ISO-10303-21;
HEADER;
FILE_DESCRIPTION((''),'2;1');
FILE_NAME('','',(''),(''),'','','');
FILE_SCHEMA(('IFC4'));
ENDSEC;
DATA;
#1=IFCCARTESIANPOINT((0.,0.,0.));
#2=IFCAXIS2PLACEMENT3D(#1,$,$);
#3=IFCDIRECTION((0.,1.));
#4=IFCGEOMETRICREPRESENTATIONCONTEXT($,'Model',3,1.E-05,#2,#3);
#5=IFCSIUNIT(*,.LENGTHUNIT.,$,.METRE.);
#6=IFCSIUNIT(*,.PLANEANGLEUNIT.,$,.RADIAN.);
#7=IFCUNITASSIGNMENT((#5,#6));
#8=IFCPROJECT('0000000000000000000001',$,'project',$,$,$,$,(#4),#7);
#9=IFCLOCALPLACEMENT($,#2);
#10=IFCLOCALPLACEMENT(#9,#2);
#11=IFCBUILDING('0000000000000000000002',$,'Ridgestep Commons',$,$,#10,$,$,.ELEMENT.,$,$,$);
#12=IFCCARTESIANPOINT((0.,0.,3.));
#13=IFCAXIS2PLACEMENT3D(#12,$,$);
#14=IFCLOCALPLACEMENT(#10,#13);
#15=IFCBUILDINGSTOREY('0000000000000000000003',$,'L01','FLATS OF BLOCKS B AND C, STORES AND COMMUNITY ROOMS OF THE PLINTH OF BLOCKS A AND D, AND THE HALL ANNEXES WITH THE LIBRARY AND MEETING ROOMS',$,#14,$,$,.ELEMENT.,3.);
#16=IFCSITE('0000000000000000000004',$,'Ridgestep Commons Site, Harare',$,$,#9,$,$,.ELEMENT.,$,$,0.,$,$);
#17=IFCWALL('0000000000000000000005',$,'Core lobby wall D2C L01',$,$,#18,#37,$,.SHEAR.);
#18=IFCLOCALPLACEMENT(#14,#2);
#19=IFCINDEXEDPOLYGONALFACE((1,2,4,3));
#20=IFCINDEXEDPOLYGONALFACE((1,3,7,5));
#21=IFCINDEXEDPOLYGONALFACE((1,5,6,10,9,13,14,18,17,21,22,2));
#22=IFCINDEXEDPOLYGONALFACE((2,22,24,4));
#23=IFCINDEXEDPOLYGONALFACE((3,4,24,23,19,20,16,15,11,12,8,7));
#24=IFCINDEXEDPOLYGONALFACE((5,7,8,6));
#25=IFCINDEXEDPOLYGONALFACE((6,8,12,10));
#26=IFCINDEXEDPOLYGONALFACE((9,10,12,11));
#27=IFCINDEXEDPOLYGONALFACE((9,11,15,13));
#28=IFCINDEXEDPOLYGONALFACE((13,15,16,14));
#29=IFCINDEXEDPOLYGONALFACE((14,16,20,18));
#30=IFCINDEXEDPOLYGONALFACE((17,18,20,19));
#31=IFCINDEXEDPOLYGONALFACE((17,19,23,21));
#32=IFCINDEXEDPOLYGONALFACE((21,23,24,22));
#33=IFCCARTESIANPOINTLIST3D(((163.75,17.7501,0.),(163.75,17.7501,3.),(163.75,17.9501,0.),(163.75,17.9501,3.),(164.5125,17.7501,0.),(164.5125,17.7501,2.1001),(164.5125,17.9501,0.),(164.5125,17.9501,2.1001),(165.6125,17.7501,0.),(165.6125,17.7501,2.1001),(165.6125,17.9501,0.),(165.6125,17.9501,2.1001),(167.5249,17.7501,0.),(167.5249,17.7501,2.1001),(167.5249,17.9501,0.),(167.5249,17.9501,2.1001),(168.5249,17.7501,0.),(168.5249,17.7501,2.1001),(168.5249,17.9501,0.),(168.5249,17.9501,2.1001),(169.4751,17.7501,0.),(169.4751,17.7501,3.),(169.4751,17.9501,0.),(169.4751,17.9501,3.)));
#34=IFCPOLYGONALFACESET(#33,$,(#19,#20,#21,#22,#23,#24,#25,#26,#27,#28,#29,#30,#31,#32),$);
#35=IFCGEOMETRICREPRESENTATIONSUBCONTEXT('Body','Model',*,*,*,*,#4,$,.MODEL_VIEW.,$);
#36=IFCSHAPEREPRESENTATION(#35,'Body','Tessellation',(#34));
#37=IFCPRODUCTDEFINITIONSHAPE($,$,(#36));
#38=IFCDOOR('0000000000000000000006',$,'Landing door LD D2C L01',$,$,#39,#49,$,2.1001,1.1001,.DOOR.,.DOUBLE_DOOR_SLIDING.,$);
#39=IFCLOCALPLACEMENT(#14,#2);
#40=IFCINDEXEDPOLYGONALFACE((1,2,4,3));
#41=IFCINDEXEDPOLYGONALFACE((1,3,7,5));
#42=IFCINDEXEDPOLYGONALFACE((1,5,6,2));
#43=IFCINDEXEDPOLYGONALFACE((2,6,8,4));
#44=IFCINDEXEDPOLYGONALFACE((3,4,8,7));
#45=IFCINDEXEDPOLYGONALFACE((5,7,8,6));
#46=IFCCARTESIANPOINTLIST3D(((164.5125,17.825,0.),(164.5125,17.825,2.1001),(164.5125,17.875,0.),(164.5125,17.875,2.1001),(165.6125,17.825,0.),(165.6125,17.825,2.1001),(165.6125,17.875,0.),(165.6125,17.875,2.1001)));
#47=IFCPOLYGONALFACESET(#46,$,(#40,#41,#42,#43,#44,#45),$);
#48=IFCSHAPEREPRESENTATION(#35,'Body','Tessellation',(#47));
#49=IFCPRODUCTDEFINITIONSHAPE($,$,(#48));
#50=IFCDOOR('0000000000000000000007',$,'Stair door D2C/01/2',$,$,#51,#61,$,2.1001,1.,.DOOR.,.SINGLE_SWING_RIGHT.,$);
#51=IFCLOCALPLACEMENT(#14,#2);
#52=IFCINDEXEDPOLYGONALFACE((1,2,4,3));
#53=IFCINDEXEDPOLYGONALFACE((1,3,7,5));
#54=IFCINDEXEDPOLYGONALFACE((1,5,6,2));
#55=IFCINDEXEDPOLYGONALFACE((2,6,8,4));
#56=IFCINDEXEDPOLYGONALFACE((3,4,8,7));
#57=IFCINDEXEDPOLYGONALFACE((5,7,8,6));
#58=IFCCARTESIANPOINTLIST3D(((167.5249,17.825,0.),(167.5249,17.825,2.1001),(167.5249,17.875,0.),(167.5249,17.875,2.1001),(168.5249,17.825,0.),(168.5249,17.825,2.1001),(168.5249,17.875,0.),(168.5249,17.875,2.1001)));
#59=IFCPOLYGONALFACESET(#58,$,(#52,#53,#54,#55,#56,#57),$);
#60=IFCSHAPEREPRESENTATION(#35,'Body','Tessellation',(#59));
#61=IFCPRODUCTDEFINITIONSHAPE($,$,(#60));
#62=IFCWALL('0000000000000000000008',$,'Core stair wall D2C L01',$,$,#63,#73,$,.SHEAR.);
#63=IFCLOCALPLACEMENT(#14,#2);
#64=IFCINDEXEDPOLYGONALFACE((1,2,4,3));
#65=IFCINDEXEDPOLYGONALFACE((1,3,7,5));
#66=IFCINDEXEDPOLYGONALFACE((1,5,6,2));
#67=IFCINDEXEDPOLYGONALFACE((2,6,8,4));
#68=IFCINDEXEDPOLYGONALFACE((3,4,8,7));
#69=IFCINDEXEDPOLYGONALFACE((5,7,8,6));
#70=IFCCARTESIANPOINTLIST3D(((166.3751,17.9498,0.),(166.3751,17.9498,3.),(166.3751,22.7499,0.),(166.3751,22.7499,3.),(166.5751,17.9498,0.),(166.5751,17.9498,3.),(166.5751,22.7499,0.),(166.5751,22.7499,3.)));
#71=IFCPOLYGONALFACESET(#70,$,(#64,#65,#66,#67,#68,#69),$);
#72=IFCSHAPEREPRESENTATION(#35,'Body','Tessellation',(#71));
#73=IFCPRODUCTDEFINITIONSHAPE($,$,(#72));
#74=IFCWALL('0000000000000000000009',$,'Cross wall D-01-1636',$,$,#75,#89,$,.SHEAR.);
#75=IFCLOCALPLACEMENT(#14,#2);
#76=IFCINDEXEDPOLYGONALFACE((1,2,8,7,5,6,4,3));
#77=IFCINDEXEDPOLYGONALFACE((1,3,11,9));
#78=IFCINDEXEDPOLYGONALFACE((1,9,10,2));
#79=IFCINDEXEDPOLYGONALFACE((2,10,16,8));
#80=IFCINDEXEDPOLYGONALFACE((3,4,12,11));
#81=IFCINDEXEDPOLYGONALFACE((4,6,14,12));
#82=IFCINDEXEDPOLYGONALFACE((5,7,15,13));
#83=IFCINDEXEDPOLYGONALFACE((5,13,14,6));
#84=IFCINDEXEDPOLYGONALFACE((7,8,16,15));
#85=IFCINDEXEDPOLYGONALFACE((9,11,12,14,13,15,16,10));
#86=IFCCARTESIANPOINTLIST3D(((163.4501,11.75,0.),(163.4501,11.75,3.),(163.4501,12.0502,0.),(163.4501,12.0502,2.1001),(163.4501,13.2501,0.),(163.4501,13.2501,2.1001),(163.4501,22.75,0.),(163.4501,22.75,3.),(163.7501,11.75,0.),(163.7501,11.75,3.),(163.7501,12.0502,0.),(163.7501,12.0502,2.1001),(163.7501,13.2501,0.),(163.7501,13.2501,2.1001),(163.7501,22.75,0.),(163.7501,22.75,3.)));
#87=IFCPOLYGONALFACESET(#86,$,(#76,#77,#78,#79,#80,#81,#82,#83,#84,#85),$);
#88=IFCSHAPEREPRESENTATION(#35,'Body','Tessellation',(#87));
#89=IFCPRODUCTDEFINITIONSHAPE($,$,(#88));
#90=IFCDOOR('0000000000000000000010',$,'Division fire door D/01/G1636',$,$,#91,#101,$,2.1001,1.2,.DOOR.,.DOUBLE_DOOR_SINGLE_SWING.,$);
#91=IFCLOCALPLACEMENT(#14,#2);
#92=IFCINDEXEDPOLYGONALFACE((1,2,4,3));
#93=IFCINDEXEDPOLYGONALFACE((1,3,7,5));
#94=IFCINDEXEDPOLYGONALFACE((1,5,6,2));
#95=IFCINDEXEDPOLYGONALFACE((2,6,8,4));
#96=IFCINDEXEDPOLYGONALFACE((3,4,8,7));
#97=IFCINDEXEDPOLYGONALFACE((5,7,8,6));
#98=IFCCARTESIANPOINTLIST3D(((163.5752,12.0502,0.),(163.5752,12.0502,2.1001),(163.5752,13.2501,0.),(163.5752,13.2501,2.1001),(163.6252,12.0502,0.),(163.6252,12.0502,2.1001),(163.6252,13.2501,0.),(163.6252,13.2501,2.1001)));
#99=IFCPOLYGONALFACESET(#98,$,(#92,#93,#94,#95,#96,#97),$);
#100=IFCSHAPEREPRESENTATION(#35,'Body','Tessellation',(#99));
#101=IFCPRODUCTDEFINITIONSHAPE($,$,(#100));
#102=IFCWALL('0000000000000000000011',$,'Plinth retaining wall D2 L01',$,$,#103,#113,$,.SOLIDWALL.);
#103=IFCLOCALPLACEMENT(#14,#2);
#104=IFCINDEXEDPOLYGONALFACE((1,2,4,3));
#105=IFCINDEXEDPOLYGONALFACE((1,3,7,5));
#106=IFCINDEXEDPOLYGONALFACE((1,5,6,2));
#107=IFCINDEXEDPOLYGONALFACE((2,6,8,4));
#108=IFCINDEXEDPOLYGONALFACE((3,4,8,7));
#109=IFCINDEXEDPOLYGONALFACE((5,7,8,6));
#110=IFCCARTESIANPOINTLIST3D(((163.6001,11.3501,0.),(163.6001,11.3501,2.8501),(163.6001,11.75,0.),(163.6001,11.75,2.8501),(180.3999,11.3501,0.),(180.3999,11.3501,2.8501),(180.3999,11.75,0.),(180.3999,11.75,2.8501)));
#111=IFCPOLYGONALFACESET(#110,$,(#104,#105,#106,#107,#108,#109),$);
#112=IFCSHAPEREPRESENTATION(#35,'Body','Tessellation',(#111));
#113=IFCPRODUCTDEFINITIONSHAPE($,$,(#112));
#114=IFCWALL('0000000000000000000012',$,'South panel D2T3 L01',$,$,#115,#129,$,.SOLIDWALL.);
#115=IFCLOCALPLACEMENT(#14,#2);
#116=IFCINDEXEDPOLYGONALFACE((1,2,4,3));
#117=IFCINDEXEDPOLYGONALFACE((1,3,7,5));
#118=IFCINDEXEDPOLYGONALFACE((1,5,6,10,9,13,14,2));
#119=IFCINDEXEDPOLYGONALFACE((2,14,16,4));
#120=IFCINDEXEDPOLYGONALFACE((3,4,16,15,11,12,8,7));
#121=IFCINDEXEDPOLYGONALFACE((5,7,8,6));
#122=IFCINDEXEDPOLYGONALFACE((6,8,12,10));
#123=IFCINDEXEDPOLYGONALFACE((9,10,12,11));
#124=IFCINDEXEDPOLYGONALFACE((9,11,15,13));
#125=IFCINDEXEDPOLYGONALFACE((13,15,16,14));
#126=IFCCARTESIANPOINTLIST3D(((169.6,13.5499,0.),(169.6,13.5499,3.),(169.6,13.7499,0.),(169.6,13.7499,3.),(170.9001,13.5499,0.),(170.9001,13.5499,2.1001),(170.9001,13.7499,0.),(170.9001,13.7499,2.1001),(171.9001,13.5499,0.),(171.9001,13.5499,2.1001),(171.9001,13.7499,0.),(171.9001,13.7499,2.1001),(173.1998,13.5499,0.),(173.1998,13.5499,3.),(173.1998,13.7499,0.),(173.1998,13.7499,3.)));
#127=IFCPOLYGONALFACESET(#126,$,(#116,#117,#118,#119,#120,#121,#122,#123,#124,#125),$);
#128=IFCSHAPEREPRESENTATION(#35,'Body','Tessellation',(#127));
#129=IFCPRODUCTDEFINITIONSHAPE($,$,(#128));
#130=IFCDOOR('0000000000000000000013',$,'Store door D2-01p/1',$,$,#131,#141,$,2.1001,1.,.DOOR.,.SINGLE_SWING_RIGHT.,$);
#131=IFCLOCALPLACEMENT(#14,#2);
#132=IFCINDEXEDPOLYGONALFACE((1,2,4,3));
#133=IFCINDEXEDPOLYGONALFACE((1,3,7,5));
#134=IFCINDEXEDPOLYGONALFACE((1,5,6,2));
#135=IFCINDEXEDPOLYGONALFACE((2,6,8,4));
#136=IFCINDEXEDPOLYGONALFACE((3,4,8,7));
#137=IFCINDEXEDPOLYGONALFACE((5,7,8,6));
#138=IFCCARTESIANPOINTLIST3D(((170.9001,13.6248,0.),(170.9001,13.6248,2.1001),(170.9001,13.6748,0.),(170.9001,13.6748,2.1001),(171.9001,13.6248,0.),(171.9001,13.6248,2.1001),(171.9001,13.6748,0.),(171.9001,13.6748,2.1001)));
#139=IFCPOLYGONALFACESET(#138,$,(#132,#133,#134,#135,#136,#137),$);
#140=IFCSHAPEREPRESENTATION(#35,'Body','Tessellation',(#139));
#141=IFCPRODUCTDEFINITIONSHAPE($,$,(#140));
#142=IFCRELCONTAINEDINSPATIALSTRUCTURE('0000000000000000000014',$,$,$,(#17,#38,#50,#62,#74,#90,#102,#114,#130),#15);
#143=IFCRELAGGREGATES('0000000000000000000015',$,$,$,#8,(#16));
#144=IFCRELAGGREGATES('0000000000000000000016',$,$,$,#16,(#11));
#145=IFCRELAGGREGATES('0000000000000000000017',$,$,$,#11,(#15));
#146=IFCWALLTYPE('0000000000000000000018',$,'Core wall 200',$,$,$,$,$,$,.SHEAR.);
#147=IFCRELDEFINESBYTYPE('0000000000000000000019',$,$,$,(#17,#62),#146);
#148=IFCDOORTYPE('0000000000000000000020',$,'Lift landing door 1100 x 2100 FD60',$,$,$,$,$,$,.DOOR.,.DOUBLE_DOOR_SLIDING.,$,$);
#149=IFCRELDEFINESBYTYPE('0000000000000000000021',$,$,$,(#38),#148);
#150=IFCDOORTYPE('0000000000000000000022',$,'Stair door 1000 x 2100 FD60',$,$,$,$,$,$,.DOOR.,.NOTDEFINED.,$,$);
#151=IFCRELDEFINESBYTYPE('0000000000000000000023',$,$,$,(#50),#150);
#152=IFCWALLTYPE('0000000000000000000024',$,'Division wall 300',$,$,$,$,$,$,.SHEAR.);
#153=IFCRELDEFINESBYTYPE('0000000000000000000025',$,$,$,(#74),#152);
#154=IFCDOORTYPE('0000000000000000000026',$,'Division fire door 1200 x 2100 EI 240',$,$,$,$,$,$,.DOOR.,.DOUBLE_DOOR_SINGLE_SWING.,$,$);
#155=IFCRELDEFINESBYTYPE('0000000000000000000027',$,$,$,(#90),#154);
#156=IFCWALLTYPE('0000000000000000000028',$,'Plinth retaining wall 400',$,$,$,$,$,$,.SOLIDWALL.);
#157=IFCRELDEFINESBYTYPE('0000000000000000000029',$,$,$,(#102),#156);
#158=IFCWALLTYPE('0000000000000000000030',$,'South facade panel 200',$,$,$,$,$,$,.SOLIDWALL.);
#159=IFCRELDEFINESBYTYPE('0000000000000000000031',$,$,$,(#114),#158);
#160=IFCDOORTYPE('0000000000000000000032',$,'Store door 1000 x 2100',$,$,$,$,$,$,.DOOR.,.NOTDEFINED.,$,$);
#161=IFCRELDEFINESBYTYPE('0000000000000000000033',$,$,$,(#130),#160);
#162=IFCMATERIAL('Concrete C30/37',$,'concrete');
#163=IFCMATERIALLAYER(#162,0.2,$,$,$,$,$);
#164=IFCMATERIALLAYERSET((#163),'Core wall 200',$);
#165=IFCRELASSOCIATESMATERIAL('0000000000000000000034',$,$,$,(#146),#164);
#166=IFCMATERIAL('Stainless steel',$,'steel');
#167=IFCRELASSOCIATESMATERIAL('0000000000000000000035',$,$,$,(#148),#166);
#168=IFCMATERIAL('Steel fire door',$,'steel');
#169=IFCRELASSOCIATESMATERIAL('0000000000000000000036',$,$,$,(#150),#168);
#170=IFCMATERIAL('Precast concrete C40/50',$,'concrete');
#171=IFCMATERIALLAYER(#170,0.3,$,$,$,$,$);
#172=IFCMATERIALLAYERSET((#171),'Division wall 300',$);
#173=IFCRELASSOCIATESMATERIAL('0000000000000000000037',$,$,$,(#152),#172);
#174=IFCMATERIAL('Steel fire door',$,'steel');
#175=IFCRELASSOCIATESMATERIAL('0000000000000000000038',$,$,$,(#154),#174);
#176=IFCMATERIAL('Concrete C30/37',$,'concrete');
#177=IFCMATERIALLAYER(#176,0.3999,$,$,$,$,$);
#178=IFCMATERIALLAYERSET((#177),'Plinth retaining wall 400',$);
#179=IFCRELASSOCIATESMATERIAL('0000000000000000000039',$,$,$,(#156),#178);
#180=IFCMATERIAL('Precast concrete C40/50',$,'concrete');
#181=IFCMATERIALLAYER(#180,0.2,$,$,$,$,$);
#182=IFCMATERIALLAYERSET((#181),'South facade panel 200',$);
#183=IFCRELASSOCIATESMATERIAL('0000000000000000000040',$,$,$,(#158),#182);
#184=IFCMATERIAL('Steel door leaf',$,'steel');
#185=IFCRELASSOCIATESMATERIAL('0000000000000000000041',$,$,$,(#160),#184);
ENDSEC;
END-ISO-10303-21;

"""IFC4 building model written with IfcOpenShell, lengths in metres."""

from ifc_helpers import new_model, si_unit, direction, frame, frame_2d, origin, place, context, subcontext, project, spatial, rectangle, extrude, material, layer, layer_set, type_object, element, fill, save


model = new_model("IFC4")

# Units and contexts
model_context = context("Model", 3, precision=1e-05, world=origin(), true_north=direction((0.0, 1.0)))
body_context = subcontext(model_context, "Body", "Model", "MODEL_VIEW")
ifc_project = project(units=[si_unit("LENGTHUNIT", "METRE"), si_unit("PLANEANGLEUNIT", "RADIAN")], contexts=[model_context])

# Site, building, storey
site_placement = place(None, origin())
site = spatial("IfcSite", under=ifc_project, at=site_placement, Name="Ridgestep Commons Site, Harare", CompositionType="ELEMENT", RefElevation=0.0)
building_placement = place(site_placement, origin())
building = spatial("IfcBuilding", under=site, at=building_placement, Name="Ridgestep Commons", CompositionType="ELEMENT")
storey_placement = place(building_placement, frame((0.0, 0.0, 3.0)))
storey = spatial("IfcBuildingStorey", under=building, at=storey_placement, Name="L01", Description="FLATS OF BLOCKS B AND C, STORES AND COMMUNITY ROOMS OF THE PLINTH OF BLOCKS A AND D, AND THE HALL ANNEXES WITH THE LIBRARY AND MEETING ROOMS", CompositionType="ELEMENT", Elevation=3.0)

# Shared definitions
ifc_material_1 = material(Name="Concrete C30/37", Category="concrete")
ifc_layer_1 = layer(ifc_material_1, 0.2)
ifc_layer_set_1 = layer_set([ifc_layer_1], Name="Core wall 200")
wall_type_1 = type_object("IfcWallType", Name="Core wall 200", PredefinedType="SHEAR", material=ifc_layer_set_1)

# Wall, openings, doors
wall_1_placement = place(storey_placement, frame((163.75, 17.8501, 0.0), z_axis=(0.0, 0.0, 1.0), x_axis=(1.0, 0.0, 0.0)))
wall_1 = element("IfcWall", 1, at=wall_1_placement, inside=storey, type_object=wall_type_1, Name="Core lobby wall D2C L01", PredefinedType="SHEAR", context=body_context, shape_type="SweptSolid", body=[
    extrude(rectangle(XDim=5.7251, YDim=0.2, at=frame_2d((2.8625, 0.0))), origin(), (0.0, 0.0, 1.0), 3.0),
])
opening_1_placement = place(wall_1_placement, frame((3.7749, 0.0, 0.0)))
opening_1 = element("IfcOpeningElement", 2, at=opening_1_placement, cuts=wall_1, PredefinedType="OPENING", context=body_context, shape_type="SweptSolid", body=[
    extrude(rectangle(XDim=1.0, YDim=2.1001, at=frame_2d((0.5, 1.05))), frame((0.0, 0.1099, 0.0), z_axis=(0.0, -1.0, 0.0), x_axis=(1.0, 0.0, 0.0)), (0.0, 0.0, 1.0), 0.22),
])
opening_2_placement = place(wall_1_placement, frame((0.7625, 0.0, 0.0)))
opening_2 = element("IfcOpeningElement", 3, at=opening_2_placement, cuts=wall_1, PredefinedType="OPENING", context=body_context, shape_type="SweptSolid", body=[
    extrude(rectangle(XDim=1.1001, YDim=2.1001, at=frame_2d((0.55, 1.05))), frame((0.0, 0.1099, 0.0), z_axis=(0.0, -1.0, 0.0), x_axis=(1.0, 0.0, 0.0)), (0.0, 0.0, 1.0), 0.22),
])
ifc_material_2 = material(Name="Stainless steel", Category="steel")
door_type_1 = type_object("IfcDoorType", Name="Lift landing door 1100 x 2100 FD60", OperationType="DOUBLE_DOOR_SLIDING", PredefinedType="DOOR", material=ifc_material_2)
door_1_placement = place(opening_2_placement, origin())
door_1 = element("IfcDoor", 4, at=door_1_placement, inside=storey, type_object=door_type_1, Name="Landing door LD D2C L01", OperationType="DOUBLE_DOOR_SLIDING", OverallHeight=2.1001, OverallWidth=1.1001, PredefinedType="DOOR", context=body_context, shape_type="SweptSolid", body=[
    extrude(rectangle(XDim=1.1001, YDim=2.1001, at=frame_2d((0.55, 1.05))), frame((0.0, 0.0249, 0.0), z_axis=(0.0, -1.0, 0.0), x_axis=(1.0, 0.0, 0.0)), (0.0, 0.0, 1.0), 0.05),
])
fill(opening_2, door_1)
ifc_material_3 = material(Name="Steel fire door", Category="steel")
door_type_2 = type_object("IfcDoorType", Name="Stair door 1000 x 2100 FD60", OperationType="NOTDEFINED", PredefinedType="DOOR", material=ifc_material_3)
door_2_placement = place(opening_1_placement, origin())
door_2 = element("IfcDoor", 5, at=door_2_placement, inside=storey, type_object=door_type_2, Name="Stair door D2C/01/2", OperationType="SINGLE_SWING_RIGHT", OverallHeight=2.1001, OverallWidth=1.0, PredefinedType="DOOR", context=body_context, shape_type="SweptSolid", body=[
    extrude(rectangle(XDim=1.0, YDim=2.1001, at=frame_2d((0.5, 1.05))), frame((0.0, 0.0249, 0.0), z_axis=(0.0, -1.0, 0.0), x_axis=(1.0, 0.0, 0.0)), (0.0, 0.0, 1.0), 0.05),
])
fill(opening_1, door_2)

# Wall
wall_2_placement = place(storey_placement, frame((166.4751, 17.95, 0.0), z_axis=(0.0, 0.0, 1.0), x_axis=(0.0, 1.0, 0.0)))
element("IfcWall", 6, at=wall_2_placement, inside=storey, type_object=wall_type_1, Name="Core stair wall D2C L01", PredefinedType="SHEAR", context=body_context, shape_type="SweptSolid", body=[
    extrude(rectangle(XDim=4.8, YDim=0.2, at=frame_2d((2.3999, 0.0))), origin(), (0.0, 0.0, 1.0), 3.0),
])

# Wall, opening, door
ifc_material_4 = material(Name="Precast concrete C40/50", Category="concrete")
ifc_layer_2 = layer(ifc_material_4, 0.3)
ifc_layer_set_2 = layer_set([ifc_layer_2], Name="Division wall 300")
wall_type_2 = type_object("IfcWallType", Name="Division wall 300", PredefinedType="SHEAR", material=ifc_layer_set_2)
wall_3_placement = place(storey_placement, frame((163.6001, 11.75, 0.0), z_axis=(0.0, 0.0, 1.0), x_axis=(0.0, 1.0, 0.0)))
wall_3 = element("IfcWall", 7, at=wall_3_placement, inside=storey, type_object=wall_type_2, Name="Cross wall D-01-1636", PredefinedType="SHEAR", context=body_context, shape_type="SweptSolid", body=[
    extrude(rectangle(XDim=11.0, YDim=0.3, at=frame_2d((5.5, 0.0))), origin(), (0.0, 0.0, 1.0), 3.0),
])
opening_3_placement = place(wall_3_placement, frame((0.3, 0.0, 0.0)))
opening_3 = element("IfcOpeningElement", 8, at=opening_3_placement, cuts=wall_3, PredefinedType="OPENING", context=body_context, shape_type="SweptSolid", body=[
    extrude(rectangle(XDim=1.2, YDim=2.1001, at=frame_2d((0.6001, 1.05))), frame((0.0, 0.1599, 0.0), z_axis=(0.0, -1.0, 0.0), x_axis=(1.0, 0.0, 0.0)), (0.0, 0.0, 1.0), 0.3201),
])
ifc_material_5 = material(Name="Steel fire door", Category="steel")
door_type_3 = type_object("IfcDoorType", Name="Division fire door 1200 x 2100 EI 240", OperationType="DOUBLE_DOOR_SINGLE_SWING", PredefinedType="DOOR", material=ifc_material_5)
door_3_placement = place(opening_3_placement, origin())
door_3 = element("IfcDoor", 9, at=door_3_placement, inside=storey, type_object=door_type_3, Name="Division fire door D/01/G1636", OperationType="DOUBLE_DOOR_SINGLE_SWING", OverallHeight=2.1001, OverallWidth=1.2, PredefinedType="DOOR", context=body_context, shape_type="SweptSolid", body=[
    extrude(rectangle(XDim=1.2, YDim=2.1001, at=frame_2d((0.6001, 1.05))), frame((0.0, 0.0249, 0.0), z_axis=(0.0, -1.0, 0.0), x_axis=(1.0, 0.0, 0.0)), (0.0, 0.0, 1.0), 0.05),
])
fill(opening_3, door_3)

# Wall
ifc_material_6 = material(Name="Concrete C30/37", Category="concrete")
ifc_layer_3 = layer(ifc_material_6, 0.3999)
ifc_layer_set_3 = layer_set([ifc_layer_3], Name="Plinth retaining wall 400")
wall_type_3 = type_object("IfcWallType", Name="Plinth retaining wall 400", PredefinedType="SOLIDWALL", material=ifc_layer_set_3)
wall_4_placement = place(storey_placement, frame((163.6001, 11.55, 0.0), z_axis=(0.0, 0.0, 1.0), x_axis=(1.0, 0.0, 0.0)))
element("IfcWall", 10, at=wall_4_placement, inside=storey, type_object=wall_type_3, Name="Plinth retaining wall D2 L01", PredefinedType="SOLIDWALL", context=body_context, shape_type="SweptSolid", body=[
    extrude(rectangle(XDim=16.7998, YDim=0.3999, at=frame_2d((8.3999, 0.0))), origin(), (0.0, 0.0, 1.0), 2.8501),
])

# Wall, opening, door
ifc_material_7 = material(Name="Precast concrete C40/50", Category="concrete")
ifc_layer_4 = layer(ifc_material_7, 0.2)
ifc_layer_set_4 = layer_set([ifc_layer_4], Name="South facade panel 200")
wall_type_4 = type_object("IfcWallType", Name="South facade panel 200", PredefinedType="SOLIDWALL", material=ifc_layer_set_4)
wall_5_placement = place(storey_placement, frame((169.6001, 13.6499, 0.0), z_axis=(0.0, 0.0, 1.0), x_axis=(1.0, 0.0, 0.0)))
wall_5 = element("IfcWall", 11, at=wall_5_placement, inside=storey, type_object=wall_type_4, Name="South panel D2T3 L01", PredefinedType="SOLIDWALL", context=body_context, shape_type="SweptSolid", body=[
    extrude(rectangle(XDim=3.5999, YDim=0.2, at=frame_2d((1.7998, 0.0))), origin(), (0.0, 0.0, 1.0), 3.0),
])
opening_4_placement = place(wall_5_placement, frame((1.3, 0.0, 0.0)))
opening_4 = element("IfcOpeningElement", 12, at=opening_4_placement, cuts=wall_5, PredefinedType="OPENING", context=body_context, shape_type="SweptSolid", body=[
    extrude(rectangle(XDim=1.0, YDim=2.1001, at=frame_2d((0.5, 1.05))), frame((0.0, 0.1099, 0.0), z_axis=(0.0, -1.0, 0.0), x_axis=(1.0, 0.0, 0.0)), (0.0, 0.0, 1.0), 0.22),
])
ifc_material_8 = material(Name="Steel door leaf", Category="steel")
door_type_4 = type_object("IfcDoorType", Name="Store door 1000 x 2100", OperationType="NOTDEFINED", PredefinedType="DOOR", material=ifc_material_8)
door_4_placement = place(opening_4_placement, origin())
door_4 = element("IfcDoor", 13, at=door_4_placement, inside=storey, type_object=door_type_4, Name="Store door D2-01p/1", OperationType="SINGLE_SWING_RIGHT", OverallHeight=2.1001, OverallWidth=1.0, PredefinedType="DOOR", context=body_context, shape_type="SweptSolid", body=[
    extrude(rectangle(XDim=1.0, YDim=2.1001, at=frame_2d((0.5, 1.05))), frame((0.0, 0.0249, 0.0), z_axis=(0.0, -1.0, 0.0), x_axis=(1.0, 0.0, 0.0)), (0.0, 0.0, 1.0), 0.05),
])
fill(opening_4, door_4)

save(model, "model.ifc")
